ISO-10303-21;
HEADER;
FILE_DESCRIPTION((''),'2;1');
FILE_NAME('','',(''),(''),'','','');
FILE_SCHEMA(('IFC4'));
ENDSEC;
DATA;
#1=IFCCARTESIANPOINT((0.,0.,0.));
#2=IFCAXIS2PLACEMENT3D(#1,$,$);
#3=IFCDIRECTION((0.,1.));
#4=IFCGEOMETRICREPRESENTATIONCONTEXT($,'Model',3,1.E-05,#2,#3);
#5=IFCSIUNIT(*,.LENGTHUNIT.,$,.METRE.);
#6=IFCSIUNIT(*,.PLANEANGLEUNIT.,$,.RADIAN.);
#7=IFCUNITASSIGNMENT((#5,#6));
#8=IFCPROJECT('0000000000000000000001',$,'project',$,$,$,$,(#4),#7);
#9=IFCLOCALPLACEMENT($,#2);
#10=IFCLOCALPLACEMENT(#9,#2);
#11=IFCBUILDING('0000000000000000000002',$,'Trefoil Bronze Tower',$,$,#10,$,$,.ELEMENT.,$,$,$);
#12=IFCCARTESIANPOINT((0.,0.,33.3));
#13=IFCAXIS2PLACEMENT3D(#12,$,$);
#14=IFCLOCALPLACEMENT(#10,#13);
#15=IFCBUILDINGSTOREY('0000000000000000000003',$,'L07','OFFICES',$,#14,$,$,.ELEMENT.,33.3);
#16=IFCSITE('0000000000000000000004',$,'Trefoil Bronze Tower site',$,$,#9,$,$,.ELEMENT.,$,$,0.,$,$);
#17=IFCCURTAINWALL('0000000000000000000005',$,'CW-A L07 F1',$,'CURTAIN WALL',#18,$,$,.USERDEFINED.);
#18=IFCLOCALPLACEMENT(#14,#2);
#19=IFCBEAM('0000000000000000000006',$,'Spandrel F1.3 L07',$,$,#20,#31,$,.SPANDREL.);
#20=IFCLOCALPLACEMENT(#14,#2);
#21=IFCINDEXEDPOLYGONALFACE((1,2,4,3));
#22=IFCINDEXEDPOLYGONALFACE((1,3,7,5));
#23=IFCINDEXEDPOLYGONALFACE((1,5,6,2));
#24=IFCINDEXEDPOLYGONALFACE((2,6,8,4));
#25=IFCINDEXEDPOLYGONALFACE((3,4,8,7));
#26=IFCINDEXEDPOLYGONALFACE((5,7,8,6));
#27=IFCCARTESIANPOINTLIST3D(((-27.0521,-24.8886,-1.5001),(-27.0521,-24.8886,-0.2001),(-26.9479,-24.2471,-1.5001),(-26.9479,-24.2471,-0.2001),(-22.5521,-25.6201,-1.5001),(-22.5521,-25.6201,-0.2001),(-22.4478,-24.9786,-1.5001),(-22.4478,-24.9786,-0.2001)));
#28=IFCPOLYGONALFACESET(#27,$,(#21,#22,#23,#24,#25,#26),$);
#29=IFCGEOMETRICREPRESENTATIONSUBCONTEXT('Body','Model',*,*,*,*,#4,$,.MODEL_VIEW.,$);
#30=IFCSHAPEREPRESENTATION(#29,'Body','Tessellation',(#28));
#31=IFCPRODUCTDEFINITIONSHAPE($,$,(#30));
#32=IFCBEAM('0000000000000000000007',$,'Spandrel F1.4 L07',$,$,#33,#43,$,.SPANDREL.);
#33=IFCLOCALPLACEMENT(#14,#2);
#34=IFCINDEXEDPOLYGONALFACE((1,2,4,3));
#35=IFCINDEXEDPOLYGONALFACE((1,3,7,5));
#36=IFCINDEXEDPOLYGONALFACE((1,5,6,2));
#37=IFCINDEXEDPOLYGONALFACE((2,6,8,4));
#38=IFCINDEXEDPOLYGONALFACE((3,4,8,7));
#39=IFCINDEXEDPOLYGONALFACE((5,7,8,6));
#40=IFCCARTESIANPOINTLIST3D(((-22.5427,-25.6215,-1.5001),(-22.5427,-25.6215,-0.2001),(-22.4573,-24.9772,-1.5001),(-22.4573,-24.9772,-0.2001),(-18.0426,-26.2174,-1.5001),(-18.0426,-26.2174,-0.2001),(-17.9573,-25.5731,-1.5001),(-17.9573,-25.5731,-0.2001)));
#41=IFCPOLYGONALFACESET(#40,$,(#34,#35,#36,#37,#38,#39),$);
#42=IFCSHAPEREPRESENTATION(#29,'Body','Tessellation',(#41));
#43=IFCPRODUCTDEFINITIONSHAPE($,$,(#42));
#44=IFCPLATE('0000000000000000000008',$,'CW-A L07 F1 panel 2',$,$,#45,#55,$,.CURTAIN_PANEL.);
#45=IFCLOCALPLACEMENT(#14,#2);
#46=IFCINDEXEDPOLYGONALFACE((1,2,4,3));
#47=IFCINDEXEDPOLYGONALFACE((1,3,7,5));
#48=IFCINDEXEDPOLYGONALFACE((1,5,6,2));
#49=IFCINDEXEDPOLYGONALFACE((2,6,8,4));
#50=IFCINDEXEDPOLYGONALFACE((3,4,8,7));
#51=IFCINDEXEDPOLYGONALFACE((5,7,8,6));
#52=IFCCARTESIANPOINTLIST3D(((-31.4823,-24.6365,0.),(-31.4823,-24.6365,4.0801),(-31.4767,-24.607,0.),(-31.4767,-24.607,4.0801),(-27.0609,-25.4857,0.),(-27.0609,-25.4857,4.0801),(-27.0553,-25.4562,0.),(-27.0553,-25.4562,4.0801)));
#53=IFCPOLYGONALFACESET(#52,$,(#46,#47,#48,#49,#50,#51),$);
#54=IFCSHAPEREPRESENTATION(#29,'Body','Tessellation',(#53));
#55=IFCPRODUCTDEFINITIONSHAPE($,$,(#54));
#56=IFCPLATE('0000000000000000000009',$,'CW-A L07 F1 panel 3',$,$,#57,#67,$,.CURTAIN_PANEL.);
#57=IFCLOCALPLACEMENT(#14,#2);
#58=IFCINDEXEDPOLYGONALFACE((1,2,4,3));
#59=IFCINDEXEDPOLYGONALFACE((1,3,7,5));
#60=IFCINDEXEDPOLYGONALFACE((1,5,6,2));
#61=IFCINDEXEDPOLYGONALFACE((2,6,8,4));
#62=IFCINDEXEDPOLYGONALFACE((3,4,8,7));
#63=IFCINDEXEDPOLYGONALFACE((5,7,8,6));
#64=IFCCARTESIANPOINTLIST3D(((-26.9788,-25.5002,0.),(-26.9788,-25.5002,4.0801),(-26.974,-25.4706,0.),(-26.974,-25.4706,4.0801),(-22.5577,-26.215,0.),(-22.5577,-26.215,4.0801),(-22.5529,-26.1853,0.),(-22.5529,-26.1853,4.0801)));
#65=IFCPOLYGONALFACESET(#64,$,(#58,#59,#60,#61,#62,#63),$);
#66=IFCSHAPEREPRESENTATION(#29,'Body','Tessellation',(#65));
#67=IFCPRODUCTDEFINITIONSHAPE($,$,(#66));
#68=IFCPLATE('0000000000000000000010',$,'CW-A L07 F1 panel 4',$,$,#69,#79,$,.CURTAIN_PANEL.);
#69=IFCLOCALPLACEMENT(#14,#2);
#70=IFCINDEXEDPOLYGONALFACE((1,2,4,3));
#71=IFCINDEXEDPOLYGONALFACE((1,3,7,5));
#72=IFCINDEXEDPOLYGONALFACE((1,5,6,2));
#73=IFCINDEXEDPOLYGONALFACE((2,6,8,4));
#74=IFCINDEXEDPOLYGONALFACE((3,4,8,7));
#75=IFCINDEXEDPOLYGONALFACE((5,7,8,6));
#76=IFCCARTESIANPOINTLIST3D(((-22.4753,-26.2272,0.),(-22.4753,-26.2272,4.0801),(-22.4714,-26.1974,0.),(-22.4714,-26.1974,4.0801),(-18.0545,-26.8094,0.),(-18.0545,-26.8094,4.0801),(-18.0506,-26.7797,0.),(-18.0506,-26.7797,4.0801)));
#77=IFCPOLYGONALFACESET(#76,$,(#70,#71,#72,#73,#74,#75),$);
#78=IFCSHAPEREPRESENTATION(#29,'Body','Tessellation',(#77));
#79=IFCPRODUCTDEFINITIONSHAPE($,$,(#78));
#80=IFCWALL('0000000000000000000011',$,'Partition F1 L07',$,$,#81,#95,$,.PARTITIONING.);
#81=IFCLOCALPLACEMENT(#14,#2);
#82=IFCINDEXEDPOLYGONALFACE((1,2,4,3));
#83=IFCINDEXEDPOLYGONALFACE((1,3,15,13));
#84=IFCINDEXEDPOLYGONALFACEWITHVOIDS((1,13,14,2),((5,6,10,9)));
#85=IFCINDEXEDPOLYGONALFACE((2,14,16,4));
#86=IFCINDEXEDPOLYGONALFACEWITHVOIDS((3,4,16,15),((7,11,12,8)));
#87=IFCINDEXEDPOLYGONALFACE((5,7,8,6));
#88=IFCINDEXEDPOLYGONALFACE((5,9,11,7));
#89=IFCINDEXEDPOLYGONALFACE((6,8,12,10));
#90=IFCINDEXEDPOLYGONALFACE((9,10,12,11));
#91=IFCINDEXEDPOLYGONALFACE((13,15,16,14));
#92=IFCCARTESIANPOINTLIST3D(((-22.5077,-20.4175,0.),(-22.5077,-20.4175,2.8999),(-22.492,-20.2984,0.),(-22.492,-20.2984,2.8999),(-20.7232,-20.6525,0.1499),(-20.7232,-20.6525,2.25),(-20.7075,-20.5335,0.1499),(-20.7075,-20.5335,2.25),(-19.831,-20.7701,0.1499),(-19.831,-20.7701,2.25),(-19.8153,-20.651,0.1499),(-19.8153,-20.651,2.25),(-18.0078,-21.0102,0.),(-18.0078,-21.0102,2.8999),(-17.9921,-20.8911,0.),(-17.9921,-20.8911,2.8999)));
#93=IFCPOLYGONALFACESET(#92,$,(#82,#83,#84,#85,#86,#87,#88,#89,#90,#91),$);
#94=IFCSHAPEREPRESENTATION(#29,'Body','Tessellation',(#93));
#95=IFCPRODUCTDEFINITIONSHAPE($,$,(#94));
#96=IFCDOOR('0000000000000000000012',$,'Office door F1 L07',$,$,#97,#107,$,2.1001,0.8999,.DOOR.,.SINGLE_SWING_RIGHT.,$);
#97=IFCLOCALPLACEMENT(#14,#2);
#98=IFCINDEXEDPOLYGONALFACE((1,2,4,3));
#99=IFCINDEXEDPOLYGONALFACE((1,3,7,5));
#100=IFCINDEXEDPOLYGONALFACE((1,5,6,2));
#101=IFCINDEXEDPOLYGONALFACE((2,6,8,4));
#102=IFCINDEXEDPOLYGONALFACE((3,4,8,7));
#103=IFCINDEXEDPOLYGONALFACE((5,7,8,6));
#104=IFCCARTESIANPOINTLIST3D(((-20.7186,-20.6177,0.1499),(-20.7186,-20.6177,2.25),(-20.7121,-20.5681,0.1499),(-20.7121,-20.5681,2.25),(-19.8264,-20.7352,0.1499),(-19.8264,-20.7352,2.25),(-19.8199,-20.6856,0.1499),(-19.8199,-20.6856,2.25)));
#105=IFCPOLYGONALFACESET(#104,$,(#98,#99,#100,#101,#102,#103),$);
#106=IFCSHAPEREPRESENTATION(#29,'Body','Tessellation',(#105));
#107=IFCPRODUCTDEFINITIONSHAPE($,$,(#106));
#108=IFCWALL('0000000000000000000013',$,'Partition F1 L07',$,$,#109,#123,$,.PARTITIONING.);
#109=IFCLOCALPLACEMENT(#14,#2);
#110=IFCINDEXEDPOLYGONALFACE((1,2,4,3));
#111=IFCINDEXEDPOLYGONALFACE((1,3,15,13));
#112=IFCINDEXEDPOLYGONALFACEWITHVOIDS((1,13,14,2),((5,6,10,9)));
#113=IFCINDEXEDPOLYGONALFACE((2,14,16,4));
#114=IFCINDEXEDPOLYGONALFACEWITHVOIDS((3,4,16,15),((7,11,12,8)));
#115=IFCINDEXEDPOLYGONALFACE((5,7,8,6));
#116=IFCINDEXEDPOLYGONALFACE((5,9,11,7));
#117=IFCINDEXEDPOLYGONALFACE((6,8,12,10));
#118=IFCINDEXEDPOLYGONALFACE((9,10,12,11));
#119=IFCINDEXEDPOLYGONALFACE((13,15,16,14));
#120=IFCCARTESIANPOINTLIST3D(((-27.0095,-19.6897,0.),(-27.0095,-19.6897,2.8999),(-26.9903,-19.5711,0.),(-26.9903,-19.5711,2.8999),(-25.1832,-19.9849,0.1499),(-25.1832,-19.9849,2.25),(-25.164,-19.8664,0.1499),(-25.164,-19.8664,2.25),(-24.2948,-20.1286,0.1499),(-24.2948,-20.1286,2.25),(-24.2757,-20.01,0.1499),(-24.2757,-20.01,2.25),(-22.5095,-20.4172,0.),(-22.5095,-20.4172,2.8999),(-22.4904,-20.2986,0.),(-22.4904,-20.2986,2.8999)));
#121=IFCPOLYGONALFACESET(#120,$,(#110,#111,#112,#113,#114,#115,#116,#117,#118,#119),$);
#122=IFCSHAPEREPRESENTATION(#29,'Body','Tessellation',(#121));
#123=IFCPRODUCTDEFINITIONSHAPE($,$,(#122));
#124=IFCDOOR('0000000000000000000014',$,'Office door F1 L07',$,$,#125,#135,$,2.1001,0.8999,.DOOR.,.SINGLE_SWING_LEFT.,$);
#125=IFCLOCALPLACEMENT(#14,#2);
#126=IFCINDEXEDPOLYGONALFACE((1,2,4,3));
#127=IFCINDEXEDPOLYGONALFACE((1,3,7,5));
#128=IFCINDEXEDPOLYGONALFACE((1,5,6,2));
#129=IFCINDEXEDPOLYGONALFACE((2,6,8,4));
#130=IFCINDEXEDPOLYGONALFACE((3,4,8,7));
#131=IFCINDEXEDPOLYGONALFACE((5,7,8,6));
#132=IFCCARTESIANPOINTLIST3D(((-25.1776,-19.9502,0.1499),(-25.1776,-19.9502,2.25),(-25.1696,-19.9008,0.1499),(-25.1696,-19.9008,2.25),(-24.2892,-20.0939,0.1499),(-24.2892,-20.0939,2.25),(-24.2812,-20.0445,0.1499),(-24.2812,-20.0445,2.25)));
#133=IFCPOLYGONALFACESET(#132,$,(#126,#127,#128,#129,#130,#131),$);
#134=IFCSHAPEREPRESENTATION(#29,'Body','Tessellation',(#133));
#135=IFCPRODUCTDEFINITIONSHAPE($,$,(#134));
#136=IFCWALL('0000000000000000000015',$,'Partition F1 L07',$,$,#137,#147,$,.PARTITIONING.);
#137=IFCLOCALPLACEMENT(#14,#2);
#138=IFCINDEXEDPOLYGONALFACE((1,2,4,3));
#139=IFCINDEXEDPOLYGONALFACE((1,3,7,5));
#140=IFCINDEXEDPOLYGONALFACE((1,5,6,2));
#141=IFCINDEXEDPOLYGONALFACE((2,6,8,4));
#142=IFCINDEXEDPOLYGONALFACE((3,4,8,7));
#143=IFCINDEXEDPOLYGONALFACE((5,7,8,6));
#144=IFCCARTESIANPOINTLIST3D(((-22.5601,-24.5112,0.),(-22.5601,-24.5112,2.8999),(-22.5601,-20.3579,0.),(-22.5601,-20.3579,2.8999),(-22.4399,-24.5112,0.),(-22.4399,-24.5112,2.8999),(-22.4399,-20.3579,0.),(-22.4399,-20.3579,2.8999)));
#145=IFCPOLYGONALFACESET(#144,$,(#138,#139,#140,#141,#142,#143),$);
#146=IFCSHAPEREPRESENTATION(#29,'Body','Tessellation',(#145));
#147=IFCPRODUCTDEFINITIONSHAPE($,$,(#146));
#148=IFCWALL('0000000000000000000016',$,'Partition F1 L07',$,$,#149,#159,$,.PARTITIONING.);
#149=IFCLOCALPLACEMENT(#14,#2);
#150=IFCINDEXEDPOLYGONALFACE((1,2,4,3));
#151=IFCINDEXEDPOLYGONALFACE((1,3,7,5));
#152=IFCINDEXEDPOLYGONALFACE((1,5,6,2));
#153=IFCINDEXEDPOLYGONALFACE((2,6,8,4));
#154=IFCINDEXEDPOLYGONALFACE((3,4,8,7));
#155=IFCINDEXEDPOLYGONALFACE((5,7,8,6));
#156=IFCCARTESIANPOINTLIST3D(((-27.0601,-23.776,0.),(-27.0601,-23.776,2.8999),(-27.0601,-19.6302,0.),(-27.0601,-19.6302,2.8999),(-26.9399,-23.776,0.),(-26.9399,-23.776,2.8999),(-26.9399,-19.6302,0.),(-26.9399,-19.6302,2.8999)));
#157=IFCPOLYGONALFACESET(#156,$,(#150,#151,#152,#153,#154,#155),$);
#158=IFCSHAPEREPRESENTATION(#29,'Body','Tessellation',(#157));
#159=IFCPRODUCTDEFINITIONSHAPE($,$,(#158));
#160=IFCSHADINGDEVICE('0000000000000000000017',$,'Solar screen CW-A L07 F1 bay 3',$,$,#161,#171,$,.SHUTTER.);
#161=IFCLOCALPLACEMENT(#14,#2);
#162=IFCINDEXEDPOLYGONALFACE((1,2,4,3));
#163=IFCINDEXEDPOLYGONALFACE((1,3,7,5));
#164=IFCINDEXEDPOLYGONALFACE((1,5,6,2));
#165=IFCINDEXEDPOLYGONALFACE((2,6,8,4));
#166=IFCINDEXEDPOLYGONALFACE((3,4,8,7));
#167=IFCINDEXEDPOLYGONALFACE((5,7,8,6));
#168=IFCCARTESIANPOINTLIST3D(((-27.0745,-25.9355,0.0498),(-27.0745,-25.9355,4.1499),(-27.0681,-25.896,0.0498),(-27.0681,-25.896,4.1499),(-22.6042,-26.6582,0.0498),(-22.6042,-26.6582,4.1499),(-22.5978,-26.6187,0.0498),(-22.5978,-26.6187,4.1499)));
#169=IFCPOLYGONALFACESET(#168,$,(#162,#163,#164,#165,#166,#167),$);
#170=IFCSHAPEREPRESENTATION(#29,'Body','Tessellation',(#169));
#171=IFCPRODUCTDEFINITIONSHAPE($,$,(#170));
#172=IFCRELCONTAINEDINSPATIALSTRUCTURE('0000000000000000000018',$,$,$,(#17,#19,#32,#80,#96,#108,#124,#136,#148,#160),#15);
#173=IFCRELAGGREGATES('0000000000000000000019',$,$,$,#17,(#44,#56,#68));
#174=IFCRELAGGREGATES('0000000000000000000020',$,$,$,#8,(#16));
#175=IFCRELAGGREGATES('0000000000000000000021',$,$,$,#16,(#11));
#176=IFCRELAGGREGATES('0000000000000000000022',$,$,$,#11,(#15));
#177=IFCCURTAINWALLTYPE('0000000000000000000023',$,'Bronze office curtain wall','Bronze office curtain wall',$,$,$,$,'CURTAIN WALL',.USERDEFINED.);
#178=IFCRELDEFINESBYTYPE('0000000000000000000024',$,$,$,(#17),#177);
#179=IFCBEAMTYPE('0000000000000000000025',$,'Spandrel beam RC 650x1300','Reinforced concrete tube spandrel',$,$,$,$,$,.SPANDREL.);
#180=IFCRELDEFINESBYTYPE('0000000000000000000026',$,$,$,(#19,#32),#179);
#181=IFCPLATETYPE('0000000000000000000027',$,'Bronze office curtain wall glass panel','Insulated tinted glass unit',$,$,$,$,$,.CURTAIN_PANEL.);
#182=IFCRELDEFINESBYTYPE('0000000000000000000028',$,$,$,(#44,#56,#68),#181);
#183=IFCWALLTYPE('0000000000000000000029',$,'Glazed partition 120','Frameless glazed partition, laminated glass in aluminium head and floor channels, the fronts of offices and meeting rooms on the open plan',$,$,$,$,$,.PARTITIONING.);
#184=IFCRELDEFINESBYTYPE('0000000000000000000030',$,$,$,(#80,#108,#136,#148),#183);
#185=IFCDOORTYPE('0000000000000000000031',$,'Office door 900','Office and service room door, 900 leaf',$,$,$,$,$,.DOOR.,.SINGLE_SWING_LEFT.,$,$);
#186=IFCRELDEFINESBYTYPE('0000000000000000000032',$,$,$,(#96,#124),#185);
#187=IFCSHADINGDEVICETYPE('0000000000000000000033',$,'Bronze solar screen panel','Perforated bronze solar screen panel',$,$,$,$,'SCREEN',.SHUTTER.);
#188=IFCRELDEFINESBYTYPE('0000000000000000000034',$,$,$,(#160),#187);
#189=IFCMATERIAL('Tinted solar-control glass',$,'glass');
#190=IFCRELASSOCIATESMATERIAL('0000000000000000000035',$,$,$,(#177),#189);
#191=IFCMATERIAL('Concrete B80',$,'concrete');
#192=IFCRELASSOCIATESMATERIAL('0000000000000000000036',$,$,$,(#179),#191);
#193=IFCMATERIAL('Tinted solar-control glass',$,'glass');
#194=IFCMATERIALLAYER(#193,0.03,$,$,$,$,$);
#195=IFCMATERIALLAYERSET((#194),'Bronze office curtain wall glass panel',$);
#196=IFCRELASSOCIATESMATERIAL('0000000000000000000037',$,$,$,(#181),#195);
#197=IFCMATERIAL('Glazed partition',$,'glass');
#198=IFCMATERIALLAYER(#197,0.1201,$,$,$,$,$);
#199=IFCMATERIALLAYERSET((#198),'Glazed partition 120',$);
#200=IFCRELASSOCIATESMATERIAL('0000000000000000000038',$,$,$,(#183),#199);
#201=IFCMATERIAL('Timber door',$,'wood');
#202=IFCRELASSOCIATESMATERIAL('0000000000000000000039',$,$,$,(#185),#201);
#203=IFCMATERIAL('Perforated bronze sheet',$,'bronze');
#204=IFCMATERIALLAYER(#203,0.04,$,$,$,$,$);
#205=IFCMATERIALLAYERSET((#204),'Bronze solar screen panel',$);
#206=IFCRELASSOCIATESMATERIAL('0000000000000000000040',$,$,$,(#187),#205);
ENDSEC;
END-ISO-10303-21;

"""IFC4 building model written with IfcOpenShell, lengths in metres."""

from ifc_helpers import new_model, si_unit, direction, frame, frame_2d, origin, origin_2d, place, context, subcontext, project, spatial, rectangle, extrude, material, layer, layer_set, material_profile, profile_set, type_object, element, fill, aggregate, save


model = new_model("IFC4")

# Units and contexts
model_context = context("Model", 3, precision=1e-05, world=origin(), true_north=direction((0.0, 1.0)))
body_context = subcontext(model_context, "Body", "Model", "MODEL_VIEW")
ifc_project = project(units=[si_unit("LENGTHUNIT", "METRE"), si_unit("PLANEANGLEUNIT", "RADIAN")], contexts=[model_context])

# Site, building, storey
site_placement = place(None, origin())
site = spatial("IfcSite", under=ifc_project, at=site_placement, Name="Trefoil Bronze Tower site", CompositionType="ELEMENT", RefElevation=0.0)
building_placement = place(site_placement, origin())
building = spatial("IfcBuilding", under=site, at=building_placement, Name="Trefoil Bronze Tower", CompositionType="ELEMENT")
storey_placement = place(building_placement, frame((0.0, 0.0, 33.3)))
storey = spatial("IfcBuildingStorey", under=building, at=storey_placement, Name="L07", Description="OFFICES", CompositionType="ELEMENT", Elevation=33.3)

# Curtain wall
ifc_material_1 = material(Name="Tinted solar-control glass", Category="glass")
curtain_wall_type = type_object("IfcCurtainWallType", Name="Bronze office curtain wall", Description="Bronze office curtain wall", ElementType="CURTAIN WALL", PredefinedType="USERDEFINED", material=ifc_material_1)
curtain_wall_placement = place(storey_placement, origin())
curtain_wall = element("IfcCurtainWall", 1, at=curtain_wall_placement, inside=storey, type_object=curtain_wall_type, Name="CW-A L07 F1", ObjectType="CURTAIN WALL", PredefinedType="USERDEFINED")

# Beams
ifc_material_2 = material(Name="Concrete B80", Category="concrete")
ifc_material_profile_1 = material_profile(ifc_material_2, rectangle(XDim=0.6499, YDim=1.3, at=origin_2d()), Name="RC 650x1300")
ifc_profile_set_1 = profile_set([ifc_material_profile_1], Name="Concrete B80")
beam_type_1 = type_object("IfcBeamType", Name="Spandrel beam RC 650x1300", Description="Reinforced concrete tube spandrel", PredefinedType="SPANDREL", material=ifc_profile_set_1)
beam_1_placement = place(storey_placement, frame((-27.0, -24.5679, -0.8501), z_axis=(0.987046, -0.160438, 0.0), x_axis=(0.160438, 0.987046, 0.0)))
element("IfcBeam", 2, at=beam_1_placement, inside=storey, type_object=beam_type_1, Name="Spandrel F1.3 L07", PredefinedType="SPANDREL", context=body_context, shape_type="SweptSolid", body=[
    extrude(rectangle(XDim=0.6499, YDim=1.3, at=origin_2d()), origin(), (0.0, 0.0, 1.0), 4.5591),
])
beam_2_placement = place(storey_placement, frame((-22.5, -25.2993, -0.8501), z_axis=(0.991344, -0.131286, 0.0), x_axis=(0.131286, 0.991344, 0.0)))
element("IfcBeam", 3, at=beam_2_placement, inside=storey, type_object=beam_type_1, Name="Spandrel F1.4 L07", PredefinedType="SPANDREL", context=body_context, shape_type="SweptSolid", body=[
    extrude(rectangle(XDim=0.6499, YDim=1.3, at=origin_2d()), origin(), (0.0, 0.0, 1.0), 4.5393),
])

# Plates
ifc_material_3 = material(Name="Tinted solar-control glass", Category="glass")
ifc_layer_1 = layer(ifc_material_3, 0.03)
ifc_layer_set_1 = layer_set([ifc_layer_1], Name="Bronze office curtain wall glass panel")
plate_type = type_object("IfcPlateType", Name="Bronze office curtain wall glass panel", Description="Insulated tinted glass unit", PredefinedType="CURTAIN_PANEL", material=ifc_layer_set_1)
plate_1_placement = place(storey_placement, frame((-29.2688, -25.0464, 0.0), z_axis=(0.0, 0.0, 1.0), x_axis=(0.98205, -0.188622, 0.0)))
plate_1 = element("IfcPlate", 4, at=plate_1_placement, type_object=plate_type, Name="CW-A L07 F1 panel 2", PredefinedType="CURTAIN_PANEL", context=body_context, shape_type="SweptSolid", body=[
    extrude(rectangle(XDim=4.5022, YDim=0.03, at=origin_2d()), origin(), (0.0, 0.0, 1.0), 4.0801),
])
plate_2_placement = place(storey_placement, frame((-24.7659, -25.8428, 0.0), z_axis=(0.0, 0.0, 1.0), x_axis=(0.987181, -0.159603, 0.0)))
plate_2 = element("IfcPlate", 5, at=plate_2_placement, type_object=plate_type, Name="CW-A L07 F1 panel 3", PredefinedType="CURTAIN_PANEL", context=body_context, shape_type="SweptSolid", body=[
    extrude(rectangle(XDim=4.4785, YDim=0.03, at=origin_2d()), origin(), (0.0, 0.0, 1.0), 4.0801),
])
plate_3_placement = place(storey_placement, frame((-20.2629, -26.5034, 0.0), z_axis=(0.0, 0.0, 1.0), x_axis=(0.991437, -0.130584, 0.0)))
plate_3 = element("IfcPlate", 6, at=plate_3_placement, type_object=plate_type, Name="CW-A L07 F1 panel 4", PredefinedType="CURTAIN_PANEL", context=body_context, shape_type="SweptSolid", body=[
    extrude(rectangle(XDim=4.459, YDim=0.03, at=origin_2d()), origin(), (0.0, 0.0, 1.0), 4.0801),
])
aggregate(curtain_wall, [plate_1, plate_2, plate_3])

# Walls, openings, doors
ifc_material_4 = material(Name="Glazed partition", Category="glass")
ifc_layer_2 = layer(ifc_material_4, 0.1201)
ifc_layer_set_2 = layer_set([ifc_layer_2], Name="Glazed partition 120")
wall_type = type_object("IfcWallType", Name="Glazed partition 120", Description="Frameless glazed partition, laminated glass in aluminium head and floor channels, the fronts of offices and meeting rooms on the open plan", PredefinedType="PARTITIONING", material=ifc_layer_set_2)
wall_1_placement = place(storey_placement, frame((-22.5, -20.3579, 0.0), z_axis=(0.0, 0.0, 1.0), x_axis=(0.991435, -0.130599, 0.0)))
wall_1 = element("IfcWall", 7, at=wall_1_placement, inside=storey, type_object=wall_type, Name="Partition F1 L07", PredefinedType="PARTITIONING", context=body_context, shape_type="SweptSolid", body=[
    extrude(rectangle(XDim=4.5388, YDim=0.1201, at=frame_2d((2.2695, 0.0))), origin(), (0.0, 0.0, 1.0), 2.8999),
])
opening_1_placement = place(wall_1_placement, frame((1.8, 0.0, 0.1499)))
opening_1 = element("IfcOpeningElement", 8, at=opening_1_placement, cuts=wall_1, PredefinedType="OPENING", context=body_context, shape_type="SweptSolid", body=[
    extrude(rectangle(XDim=0.8999, YDim=2.1001, at=frame_2d((0.45, 1.05))), frame((0.0, 0.0701, 0.0), z_axis=(0.0, -1.0, 0.0), x_axis=(1.0, 0.0, 0.0)), (0.0, 0.0, 1.0), 0.1401),
])
ifc_material_5 = material(Name="Timber door", Category="wood")
door_type = type_object("IfcDoorType", Name="Office door 900", Description="Office and service room door, 900 leaf", OperationType="SINGLE_SWING_LEFT", PredefinedType="DOOR", material=ifc_material_5)
door_1_placement = place(opening_1_placement, frame((0.8999, 0.0, 0.0), z_axis=(0.0, 0.0, 1.0), x_axis=(-1.0, 0.0, 0.0)))
door_1 = element("IfcDoor", 9, at=door_1_placement, inside=storey, type_object=door_type, Name="Office door F1 L07", OperationType="SINGLE_SWING_RIGHT", OverallHeight=2.1001, OverallWidth=0.8999, PredefinedType="DOOR", context=body_context, shape_type="SweptSolid", body=[
    extrude(rectangle(XDim=0.8999, YDim=2.1001, at=frame_2d((0.45, 1.05))), frame((0.0, 0.0249, 0.0), z_axis=(0.0, -1.0, 0.0), x_axis=(1.0, 0.0, 0.0)), (0.0, 0.0, 1.0), 0.05),
])
fill(opening_1, door_1)
wall_2_placement = place(storey_placement, frame((-27.0, -19.6304, 0.0), z_axis=(0.0, 0.0, 1.0), x_axis=(0.987181, -0.159603, 0.0)))
wall_2 = element("IfcWall", 10, at=wall_2_placement, inside=storey, type_object=wall_type, Name="Partition F1 L07", PredefinedType="PARTITIONING", context=body_context, shape_type="SweptSolid", body=[
    extrude(rectangle(XDim=4.5583, YDim=0.1201, at=frame_2d((2.2793, 0.0))), origin(), (0.0, 0.0, 1.0), 2.8999),
])
opening_2_placement = place(wall_2_placement, frame((1.8501, 0.0, 0.1499)))
opening_2 = element("IfcOpeningElement", 11, at=opening_2_placement, cuts=wall_2, PredefinedType="OPENING", context=body_context, shape_type="SweptSolid", body=[
    extrude(rectangle(XDim=0.8999, YDim=2.1001, at=frame_2d((0.45, 1.05))), frame((0.0, 0.0701, 0.0), z_axis=(0.0, -1.0, 0.0), x_axis=(1.0, 0.0, 0.0)), (0.0, 0.0, 1.0), 0.1401),
])
door_2_placement = place(opening_2_placement, frame((0.8999, 0.0, 0.0), z_axis=(0.0, 0.0, 1.0), x_axis=(-1.0, 0.0, 0.0)))
door_2 = element("IfcDoor", 12, at=door_2_placement, inside=storey, type_object=door_type, Name="Office door F1 L07", OperationType="SINGLE_SWING_LEFT", OverallHeight=2.1001, OverallWidth=0.8999, PredefinedType="DOOR", context=body_context, shape_type="SweptSolid", body=[
    extrude(rectangle(XDim=0.8999, YDim=2.1001, at=frame_2d((0.45, 1.05))), frame((0.0, 0.0249, 0.0), z_axis=(0.0, -1.0, 0.0), x_axis=(1.0, 0.0, 0.0)), (0.0, 0.0, 1.0), 0.05),
])
fill(opening_2, door_2)

# Walls
wall_3_placement = place(storey_placement, frame((-22.5, -20.3579, 0.0), z_axis=(0.0, 0.0, 1.0), x_axis=(0.0, -1.0, 0.0)))
element("IfcWall", 13, at=wall_3_placement, inside=storey, type_object=wall_type, Name="Partition F1 L07", PredefinedType="PARTITIONING", context=body_context, shape_type="SweptSolid", body=[
    extrude(rectangle(XDim=4.1533, YDim=0.1201, at=frame_2d((2.0767, 0.0))), origin(), (0.0, 0.0, 1.0), 2.8999),
])
wall_4_placement = place(storey_placement, frame((-27.0, -19.6304, 0.0), z_axis=(0.0, 0.0, 1.0), x_axis=(0.0, -1.0, 0.0)))
element("IfcWall", 14, at=wall_4_placement, inside=storey, type_object=wall_type, Name="Partition F1 L07", PredefinedType="PARTITIONING", context=body_context, shape_type="SweptSolid", body=[
    extrude(rectangle(XDim=4.1458, YDim=0.1201, at=frame_2d((2.0728, 0.0))), origin(), (0.0, 0.0, 1.0), 2.8999),
])

# Shading device
ifc_material_6 = material(Name="Perforated bronze sheet", Category="bronze")
ifc_layer_3 = layer(ifc_material_6, 0.04)
ifc_layer_set_3 = layer_set([ifc_layer_3], Name="Bronze solar screen panel")
shading_device_type = type_object("IfcShadingDeviceType", Name="Bronze solar screen panel", Description="Perforated bronze solar screen panel", ElementType="SCREEN", PredefinedType="SHUTTER", material=ifc_layer_set_3)
shading_device_1_placement = place(storey_placement, frame((-24.8362, -26.2771, 0.0498), z_axis=(0.0, 0.0, 1.0), x_axis=(0.987181, -0.159603, 0.0)))
element("IfcShadingDevice", 15, at=shading_device_1_placement, inside=storey, type_object=shading_device_type, Name="Solar screen CW-A L07 F1 bay 3", PredefinedType="SHUTTER", context=body_context, shape_type="SweptSolid", body=[
    extrude(rectangle(XDim=4.5283, YDim=0.04, at=origin_2d()), origin(), (0.0, 0.0, 1.0), 4.1001),
])

save(model, "model.ifc")
